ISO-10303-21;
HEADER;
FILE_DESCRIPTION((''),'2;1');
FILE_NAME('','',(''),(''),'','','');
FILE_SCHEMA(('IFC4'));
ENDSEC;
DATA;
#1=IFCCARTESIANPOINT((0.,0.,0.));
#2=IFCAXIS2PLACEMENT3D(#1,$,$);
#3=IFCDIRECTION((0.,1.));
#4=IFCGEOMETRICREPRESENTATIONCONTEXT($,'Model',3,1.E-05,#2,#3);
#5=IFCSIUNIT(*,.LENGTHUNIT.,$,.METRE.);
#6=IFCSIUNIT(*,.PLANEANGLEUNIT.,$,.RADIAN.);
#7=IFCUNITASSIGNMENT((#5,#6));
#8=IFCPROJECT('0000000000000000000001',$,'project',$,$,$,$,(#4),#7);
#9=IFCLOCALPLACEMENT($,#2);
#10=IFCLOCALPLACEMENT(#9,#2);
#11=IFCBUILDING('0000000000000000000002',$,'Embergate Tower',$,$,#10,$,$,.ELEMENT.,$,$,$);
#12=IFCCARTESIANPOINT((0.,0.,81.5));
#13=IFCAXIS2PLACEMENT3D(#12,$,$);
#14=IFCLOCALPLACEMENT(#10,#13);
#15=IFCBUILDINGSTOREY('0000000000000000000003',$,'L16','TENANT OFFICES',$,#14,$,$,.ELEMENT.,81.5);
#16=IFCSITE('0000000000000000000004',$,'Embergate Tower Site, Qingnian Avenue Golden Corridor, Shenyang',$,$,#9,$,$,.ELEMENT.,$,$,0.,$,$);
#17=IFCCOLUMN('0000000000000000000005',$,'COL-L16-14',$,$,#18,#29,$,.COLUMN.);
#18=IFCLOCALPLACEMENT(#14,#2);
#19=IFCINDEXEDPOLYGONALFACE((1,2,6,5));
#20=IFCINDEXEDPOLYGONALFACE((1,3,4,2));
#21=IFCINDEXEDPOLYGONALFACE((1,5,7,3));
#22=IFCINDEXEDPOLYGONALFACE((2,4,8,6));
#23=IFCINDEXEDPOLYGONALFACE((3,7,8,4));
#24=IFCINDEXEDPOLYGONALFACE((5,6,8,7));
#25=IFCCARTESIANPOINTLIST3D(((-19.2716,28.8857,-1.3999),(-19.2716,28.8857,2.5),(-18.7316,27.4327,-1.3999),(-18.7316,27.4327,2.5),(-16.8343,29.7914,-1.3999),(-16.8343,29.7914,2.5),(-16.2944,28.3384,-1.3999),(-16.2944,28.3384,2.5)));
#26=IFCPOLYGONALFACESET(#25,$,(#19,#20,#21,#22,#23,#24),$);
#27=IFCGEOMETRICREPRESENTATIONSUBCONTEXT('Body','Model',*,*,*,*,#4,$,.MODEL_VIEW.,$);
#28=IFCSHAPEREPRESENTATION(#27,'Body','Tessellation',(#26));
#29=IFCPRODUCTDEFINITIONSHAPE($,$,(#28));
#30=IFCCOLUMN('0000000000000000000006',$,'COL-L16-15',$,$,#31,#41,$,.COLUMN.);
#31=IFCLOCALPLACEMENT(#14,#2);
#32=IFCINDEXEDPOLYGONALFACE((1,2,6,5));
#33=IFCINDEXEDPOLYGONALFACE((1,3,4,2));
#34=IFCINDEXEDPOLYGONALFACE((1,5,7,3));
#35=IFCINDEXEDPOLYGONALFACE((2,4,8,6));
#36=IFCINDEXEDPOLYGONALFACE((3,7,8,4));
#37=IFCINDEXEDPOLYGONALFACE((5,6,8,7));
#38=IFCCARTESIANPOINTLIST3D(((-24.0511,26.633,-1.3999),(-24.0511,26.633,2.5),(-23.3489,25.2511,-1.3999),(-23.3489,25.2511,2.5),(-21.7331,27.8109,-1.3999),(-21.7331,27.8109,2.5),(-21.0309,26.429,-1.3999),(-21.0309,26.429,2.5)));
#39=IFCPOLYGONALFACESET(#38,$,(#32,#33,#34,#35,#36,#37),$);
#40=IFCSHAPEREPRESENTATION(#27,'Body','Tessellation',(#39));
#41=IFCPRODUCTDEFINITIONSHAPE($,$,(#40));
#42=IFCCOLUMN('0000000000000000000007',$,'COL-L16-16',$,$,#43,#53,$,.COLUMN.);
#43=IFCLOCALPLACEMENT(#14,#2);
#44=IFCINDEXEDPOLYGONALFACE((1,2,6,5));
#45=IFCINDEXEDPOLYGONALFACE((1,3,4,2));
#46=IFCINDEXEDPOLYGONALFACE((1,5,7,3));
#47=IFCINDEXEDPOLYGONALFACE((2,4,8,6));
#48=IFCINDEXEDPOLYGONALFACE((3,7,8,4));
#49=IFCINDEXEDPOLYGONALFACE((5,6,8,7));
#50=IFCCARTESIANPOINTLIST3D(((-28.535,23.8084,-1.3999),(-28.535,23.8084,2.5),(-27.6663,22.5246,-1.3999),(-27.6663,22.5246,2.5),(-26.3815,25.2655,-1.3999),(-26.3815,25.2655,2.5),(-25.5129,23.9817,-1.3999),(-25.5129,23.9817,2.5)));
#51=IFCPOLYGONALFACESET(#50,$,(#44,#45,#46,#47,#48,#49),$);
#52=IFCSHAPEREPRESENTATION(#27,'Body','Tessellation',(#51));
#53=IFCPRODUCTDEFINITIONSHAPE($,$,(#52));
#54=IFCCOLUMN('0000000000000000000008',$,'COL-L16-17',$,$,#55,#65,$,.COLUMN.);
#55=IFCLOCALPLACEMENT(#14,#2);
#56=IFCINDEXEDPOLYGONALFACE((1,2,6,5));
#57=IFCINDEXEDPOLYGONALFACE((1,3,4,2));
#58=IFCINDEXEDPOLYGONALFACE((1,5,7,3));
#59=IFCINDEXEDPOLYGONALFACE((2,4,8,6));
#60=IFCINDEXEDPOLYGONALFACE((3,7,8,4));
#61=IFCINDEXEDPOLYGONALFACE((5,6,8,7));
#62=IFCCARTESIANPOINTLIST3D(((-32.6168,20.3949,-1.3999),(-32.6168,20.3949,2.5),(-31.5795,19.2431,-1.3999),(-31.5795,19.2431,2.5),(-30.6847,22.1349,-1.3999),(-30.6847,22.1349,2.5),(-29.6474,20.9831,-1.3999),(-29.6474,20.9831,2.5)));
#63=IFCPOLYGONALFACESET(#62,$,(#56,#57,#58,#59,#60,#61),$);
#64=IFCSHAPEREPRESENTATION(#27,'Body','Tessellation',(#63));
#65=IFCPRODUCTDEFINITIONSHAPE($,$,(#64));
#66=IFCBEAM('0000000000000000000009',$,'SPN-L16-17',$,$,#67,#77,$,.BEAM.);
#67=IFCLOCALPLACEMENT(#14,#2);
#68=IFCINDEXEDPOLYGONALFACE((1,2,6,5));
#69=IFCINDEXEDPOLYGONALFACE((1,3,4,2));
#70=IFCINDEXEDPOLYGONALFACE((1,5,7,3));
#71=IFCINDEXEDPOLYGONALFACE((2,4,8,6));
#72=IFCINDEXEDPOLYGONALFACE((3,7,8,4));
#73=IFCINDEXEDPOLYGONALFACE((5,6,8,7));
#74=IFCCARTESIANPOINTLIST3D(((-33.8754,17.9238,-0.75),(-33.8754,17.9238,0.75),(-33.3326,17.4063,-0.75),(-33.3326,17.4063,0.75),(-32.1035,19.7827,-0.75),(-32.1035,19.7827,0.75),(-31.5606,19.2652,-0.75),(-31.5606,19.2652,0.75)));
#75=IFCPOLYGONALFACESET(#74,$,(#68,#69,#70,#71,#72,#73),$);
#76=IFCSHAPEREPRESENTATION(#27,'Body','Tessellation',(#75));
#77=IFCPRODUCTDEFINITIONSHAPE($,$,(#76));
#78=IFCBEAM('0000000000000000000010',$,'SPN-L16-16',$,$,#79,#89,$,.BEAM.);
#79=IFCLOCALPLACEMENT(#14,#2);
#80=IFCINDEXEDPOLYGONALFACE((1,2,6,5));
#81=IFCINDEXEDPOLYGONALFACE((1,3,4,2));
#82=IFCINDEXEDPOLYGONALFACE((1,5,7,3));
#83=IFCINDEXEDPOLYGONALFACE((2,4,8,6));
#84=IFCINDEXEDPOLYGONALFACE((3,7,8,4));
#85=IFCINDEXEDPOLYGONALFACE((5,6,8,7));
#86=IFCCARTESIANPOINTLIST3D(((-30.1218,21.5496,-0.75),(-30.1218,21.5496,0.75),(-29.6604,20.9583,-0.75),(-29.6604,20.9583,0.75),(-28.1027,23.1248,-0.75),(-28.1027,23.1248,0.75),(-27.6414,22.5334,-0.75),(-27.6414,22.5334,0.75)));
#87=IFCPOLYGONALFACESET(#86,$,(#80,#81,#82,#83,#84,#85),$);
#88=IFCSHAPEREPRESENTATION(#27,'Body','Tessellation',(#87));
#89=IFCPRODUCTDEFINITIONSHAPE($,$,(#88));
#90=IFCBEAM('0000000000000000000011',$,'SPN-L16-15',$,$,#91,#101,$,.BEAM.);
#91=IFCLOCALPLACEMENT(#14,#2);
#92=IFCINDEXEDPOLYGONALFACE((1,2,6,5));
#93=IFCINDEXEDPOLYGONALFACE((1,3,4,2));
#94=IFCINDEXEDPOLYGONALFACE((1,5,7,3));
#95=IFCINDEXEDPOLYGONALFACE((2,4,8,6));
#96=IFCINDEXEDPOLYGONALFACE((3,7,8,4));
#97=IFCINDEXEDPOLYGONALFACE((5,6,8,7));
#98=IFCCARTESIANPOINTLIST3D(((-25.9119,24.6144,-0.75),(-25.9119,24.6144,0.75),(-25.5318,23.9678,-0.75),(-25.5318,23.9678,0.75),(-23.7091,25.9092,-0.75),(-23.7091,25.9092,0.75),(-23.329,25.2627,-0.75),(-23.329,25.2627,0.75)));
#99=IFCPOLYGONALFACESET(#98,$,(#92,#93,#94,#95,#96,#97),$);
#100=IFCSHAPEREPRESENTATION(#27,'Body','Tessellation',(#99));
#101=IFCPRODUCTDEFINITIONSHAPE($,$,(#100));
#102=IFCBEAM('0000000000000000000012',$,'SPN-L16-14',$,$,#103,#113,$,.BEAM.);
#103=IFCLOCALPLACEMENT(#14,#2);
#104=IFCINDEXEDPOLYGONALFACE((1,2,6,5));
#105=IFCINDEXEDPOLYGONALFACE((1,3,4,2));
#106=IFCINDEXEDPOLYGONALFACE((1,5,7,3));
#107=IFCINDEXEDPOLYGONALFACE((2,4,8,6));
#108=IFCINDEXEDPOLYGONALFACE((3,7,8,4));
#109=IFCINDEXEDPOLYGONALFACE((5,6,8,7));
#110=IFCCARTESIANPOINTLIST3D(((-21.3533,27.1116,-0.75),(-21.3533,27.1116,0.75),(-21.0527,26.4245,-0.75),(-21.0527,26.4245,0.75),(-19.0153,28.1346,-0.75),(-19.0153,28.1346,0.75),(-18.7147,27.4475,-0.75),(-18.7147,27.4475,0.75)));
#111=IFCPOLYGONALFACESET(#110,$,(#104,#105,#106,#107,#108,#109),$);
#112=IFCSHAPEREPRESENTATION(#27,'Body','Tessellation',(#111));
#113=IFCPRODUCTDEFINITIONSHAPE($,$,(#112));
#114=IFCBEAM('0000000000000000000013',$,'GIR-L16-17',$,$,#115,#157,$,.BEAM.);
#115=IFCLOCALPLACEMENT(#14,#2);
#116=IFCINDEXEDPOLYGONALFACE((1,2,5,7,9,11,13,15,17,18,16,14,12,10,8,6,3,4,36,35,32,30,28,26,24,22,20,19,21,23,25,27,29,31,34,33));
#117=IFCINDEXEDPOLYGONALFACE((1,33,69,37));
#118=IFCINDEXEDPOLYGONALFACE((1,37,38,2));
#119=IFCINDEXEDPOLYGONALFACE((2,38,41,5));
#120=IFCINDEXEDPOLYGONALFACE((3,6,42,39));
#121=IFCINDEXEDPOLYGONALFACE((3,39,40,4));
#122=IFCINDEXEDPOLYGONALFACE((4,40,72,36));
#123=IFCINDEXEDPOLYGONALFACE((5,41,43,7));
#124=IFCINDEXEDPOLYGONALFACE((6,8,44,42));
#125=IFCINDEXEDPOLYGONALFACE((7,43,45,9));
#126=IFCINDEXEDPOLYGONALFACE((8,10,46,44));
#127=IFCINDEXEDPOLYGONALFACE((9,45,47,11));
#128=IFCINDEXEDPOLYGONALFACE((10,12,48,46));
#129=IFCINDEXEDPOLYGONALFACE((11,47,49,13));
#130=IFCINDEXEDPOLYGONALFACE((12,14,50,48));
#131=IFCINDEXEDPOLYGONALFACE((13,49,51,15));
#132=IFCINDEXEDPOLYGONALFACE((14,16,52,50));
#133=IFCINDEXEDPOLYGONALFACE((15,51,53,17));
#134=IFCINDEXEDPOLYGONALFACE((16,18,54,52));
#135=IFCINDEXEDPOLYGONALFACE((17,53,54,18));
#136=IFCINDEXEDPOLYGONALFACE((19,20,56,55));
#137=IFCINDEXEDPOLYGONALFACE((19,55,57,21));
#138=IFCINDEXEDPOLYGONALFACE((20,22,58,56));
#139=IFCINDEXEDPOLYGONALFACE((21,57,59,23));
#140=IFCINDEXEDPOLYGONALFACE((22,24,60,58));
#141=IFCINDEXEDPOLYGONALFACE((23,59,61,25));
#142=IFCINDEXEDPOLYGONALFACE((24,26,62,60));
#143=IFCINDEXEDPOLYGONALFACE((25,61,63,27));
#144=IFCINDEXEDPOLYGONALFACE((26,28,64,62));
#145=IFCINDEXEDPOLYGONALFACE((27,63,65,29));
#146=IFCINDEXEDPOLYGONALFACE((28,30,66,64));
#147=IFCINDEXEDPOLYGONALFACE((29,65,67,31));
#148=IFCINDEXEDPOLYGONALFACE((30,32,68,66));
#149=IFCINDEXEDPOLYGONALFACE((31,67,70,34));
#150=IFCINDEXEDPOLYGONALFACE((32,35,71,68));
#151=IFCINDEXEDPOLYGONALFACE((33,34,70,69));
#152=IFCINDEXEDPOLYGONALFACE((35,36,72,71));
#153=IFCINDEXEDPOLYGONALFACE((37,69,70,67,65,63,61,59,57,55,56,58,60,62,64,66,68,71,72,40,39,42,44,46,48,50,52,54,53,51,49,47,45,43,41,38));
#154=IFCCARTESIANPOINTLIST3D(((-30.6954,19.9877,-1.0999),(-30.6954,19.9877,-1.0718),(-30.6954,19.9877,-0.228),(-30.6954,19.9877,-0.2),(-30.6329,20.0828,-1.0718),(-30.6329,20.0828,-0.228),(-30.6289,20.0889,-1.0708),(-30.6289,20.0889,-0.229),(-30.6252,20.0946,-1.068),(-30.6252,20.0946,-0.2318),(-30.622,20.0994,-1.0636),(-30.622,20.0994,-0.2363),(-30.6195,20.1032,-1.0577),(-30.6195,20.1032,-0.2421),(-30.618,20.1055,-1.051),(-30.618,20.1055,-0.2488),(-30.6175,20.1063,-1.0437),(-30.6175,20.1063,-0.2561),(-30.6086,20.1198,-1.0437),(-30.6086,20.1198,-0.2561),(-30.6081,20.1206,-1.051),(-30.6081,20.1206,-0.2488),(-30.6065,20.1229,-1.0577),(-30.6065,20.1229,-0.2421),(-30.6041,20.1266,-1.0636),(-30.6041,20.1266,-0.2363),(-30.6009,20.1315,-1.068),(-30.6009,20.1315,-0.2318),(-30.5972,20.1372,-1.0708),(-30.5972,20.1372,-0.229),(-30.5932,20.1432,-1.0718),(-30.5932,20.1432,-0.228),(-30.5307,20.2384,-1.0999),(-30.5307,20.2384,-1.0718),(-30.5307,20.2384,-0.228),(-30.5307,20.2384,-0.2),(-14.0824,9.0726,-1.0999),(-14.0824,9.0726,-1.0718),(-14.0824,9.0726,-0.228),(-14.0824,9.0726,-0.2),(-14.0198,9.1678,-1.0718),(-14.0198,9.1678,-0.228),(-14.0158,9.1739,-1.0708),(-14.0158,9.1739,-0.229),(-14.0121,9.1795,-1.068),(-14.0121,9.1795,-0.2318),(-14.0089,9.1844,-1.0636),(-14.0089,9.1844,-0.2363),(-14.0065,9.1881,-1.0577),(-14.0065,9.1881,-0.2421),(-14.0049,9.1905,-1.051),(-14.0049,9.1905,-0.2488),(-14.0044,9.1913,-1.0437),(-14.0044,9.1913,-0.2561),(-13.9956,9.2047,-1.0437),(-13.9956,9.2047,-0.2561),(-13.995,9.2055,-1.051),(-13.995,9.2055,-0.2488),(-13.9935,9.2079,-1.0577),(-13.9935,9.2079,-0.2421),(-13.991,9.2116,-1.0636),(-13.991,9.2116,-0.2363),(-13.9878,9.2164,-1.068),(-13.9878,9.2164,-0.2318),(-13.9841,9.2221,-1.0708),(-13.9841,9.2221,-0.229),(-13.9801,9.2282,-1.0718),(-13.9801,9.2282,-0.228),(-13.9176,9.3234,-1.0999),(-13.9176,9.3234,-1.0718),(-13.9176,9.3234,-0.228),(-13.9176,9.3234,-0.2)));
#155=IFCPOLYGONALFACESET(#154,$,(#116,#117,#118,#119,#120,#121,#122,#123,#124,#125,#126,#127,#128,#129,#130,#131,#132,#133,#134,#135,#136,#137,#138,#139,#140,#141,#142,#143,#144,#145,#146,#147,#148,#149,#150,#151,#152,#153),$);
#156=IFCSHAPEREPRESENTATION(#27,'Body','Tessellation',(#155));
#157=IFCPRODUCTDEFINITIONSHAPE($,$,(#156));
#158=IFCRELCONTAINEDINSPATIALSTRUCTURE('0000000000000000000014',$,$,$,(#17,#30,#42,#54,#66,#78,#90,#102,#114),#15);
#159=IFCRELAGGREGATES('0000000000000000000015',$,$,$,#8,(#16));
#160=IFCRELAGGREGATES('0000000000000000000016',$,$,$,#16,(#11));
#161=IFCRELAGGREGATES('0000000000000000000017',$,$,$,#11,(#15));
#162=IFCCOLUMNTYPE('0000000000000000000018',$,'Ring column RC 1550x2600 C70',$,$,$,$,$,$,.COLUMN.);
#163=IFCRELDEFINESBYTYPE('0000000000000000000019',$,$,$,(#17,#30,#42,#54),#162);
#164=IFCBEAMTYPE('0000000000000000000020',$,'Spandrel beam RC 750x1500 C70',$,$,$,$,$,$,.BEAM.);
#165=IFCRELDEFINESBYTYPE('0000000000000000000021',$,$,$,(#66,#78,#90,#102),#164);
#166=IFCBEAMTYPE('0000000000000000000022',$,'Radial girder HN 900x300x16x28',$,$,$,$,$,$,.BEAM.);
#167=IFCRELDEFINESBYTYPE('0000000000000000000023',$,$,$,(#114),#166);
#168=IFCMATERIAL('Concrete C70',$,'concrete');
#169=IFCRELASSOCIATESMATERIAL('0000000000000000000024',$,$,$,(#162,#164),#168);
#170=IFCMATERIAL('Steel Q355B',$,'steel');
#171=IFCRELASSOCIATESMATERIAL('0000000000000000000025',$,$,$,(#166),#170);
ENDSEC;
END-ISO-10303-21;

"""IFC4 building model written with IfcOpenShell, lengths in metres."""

from ifc_helpers import new_model, si_unit, direction, frame, origin, origin_2d, place, context, subcontext, project, spatial, rectangle, i_section, extrude, source, transform, mapped, material, material_profile, profile_set, type_object, element, save


model = new_model("IFC4")

# Units and contexts
model_context = context("Model", 3, precision=1e-05, world=origin(), true_north=direction((0.0, 1.0)))
body_context = subcontext(model_context, "Body", "Model", "MODEL_VIEW")
ifc_project = project(units=[si_unit("LENGTHUNIT", "METRE"), si_unit("PLANEANGLEUNIT", "RADIAN")], contexts=[model_context])

# Site, building, storey
site_placement = place(None, origin())
site = spatial("IfcSite", under=ifc_project, at=site_placement, Name="Embergate Tower Site, Qingnian Avenue Golden Corridor, Shenyang", CompositionType="ELEMENT", RefElevation=0.0)
building_placement = place(site_placement, origin())
building = spatial("IfcBuilding", under=site, at=building_placement, Name="Embergate Tower", CompositionType="ELEMENT")
storey_placement = place(building_placement, frame((0.0, 0.0, 81.5)))
storey = spatial("IfcBuildingStorey", under=building, at=storey_placement, Name="L16", Description="TENANT OFFICES", CompositionType="ELEMENT", Elevation=81.5)

# Columns
ifc_material_1 = material(Name="Concrete C70", Category="concrete")
ifc_material_profile_1 = material_profile(ifc_material_1, rectangle(XDim=1.55, YDim=2.6001, at=origin_2d()), Name="RC 1550x2600")
ifc_profile_set_1 = profile_set([ifc_material_profile_1], Name="Concrete C70")
column_type = type_object("IfcColumnType", Name="Ring column RC 1550x2600 C70", PredefinedType="COLUMN", material=ifc_profile_set_1)
shared_shape_1 = source(origin(), body_context, "Body", "SweptSolid", [
    extrude(rectangle(XDim=1.55, YDim=2.6001, at=origin_2d()), origin(), (0.0, 0.0, 1.0), 3.8999),
])
for number, where, z_axis, x_axis, name in (
    (1, (-17.783, 28.6121, -1.3999), (0.0, 0.0, 1.0), (-0.348343, 0.937367, 0.0), "COL-L16-14"),
    (2, (-22.541, 26.531, -1.3999), (0.0, 0.0, 1.0), (-0.452995, 0.891513, 0.0), "COL-L16-15"),
    (3, (-27.0239, 23.895, -1.3999), (0.0, 0.0, 1.0), (-0.560393, 0.828227, 0.0), "COL-L16-16"),
    (4, (-31.1321, 20.689, -1.3999), (0.0, 0.0, 1.0), (-0.669208, 0.743075, 0.0), "COL-L16-17"),
):
    element("IfcColumn", number, at=place(storey_placement, frame(where, z_axis=z_axis, x_axis=x_axis)), inside=storey, type_object=column_type, Name=name, PredefinedType="COLUMN", context=body_context, shape_type="MappedRepresentation", body=[
        mapped(shared_shape_1, transform((0.0, 0.0, 0.0))),
    ])

# Beams
ifc_material_profile_2 = material_profile(ifc_material_1, rectangle(XDim=0.75, YDim=1.5, at=origin_2d()), Name="RC 750x1500")
ifc_profile_set_2 = profile_set([ifc_material_profile_2], Name="Concrete C70")
beam_type_1 = type_object("IfcBeamType", Name="Spandrel beam RC 750x1500 C70", PredefinedType="BEAM", material=ifc_profile_set_2)
shared_shape_2 = source(origin(), body_context, "Body", "SweptSolid", [
    extrude(rectangle(XDim=0.75, YDim=1.5, at=origin_2d()), origin(), (0.0, 0.0, 1.0), 2.5681),
])
beam_1_placement = place(storey_placement, frame((-31.832, 19.5239, 0.0), z_axis=(-0.689983, -0.723826, 0.0), x_axis=(0.723826, -0.689983, 0.0)))
element("IfcBeam", 5, at=beam_1_placement, inside=storey, type_object=beam_type_1, Name="SPN-L16-17", PredefinedType="BEAM", context=body_context, shape_type="MappedRepresentation", body=[
    mapped(shared_shape_2, transform((0.0, 0.0, 0.0))),
])
shared_shape_3 = source(origin(), body_context, "Body", "SweptSolid", [
    extrude(rectangle(XDim=0.75, YDim=1.5, at=origin_2d()), origin(), (0.0, 0.0, 1.0), 2.5608),
])
beam_2_placement = place(storey_placement, frame((-27.8721, 22.8291, 0.0), z_axis=(-0.788438, -0.615115, 0.0), x_axis=(0.615115, -0.788438, 0.0)))
element("IfcBeam", 6, at=beam_2_placement, inside=storey, type_object=beam_type_1, Name="SPN-L16-16", PredefinedType="BEAM", context=body_context, shape_type="MappedRepresentation", body=[
    mapped(shared_shape_3, transform((0.0, 0.0, 0.0))),
])
shared_shape_4 = source(origin(), body_context, "Body", "SweptSolid", [
    extrude(rectangle(XDim=0.75, YDim=1.5, at=origin_2d()), origin(), (0.0, 0.0, 1.0), 2.5552),
])
beam_3_placement = place(storey_placement, frame((-23.519, 25.5859, 0.0), z_axis=(-0.862086, -0.506761, 0.0), x_axis=(0.506761, -0.862086, 0.0)))
element("IfcBeam", 7, at=beam_3_placement, inside=storey, type_object=beam_type_1, Name="SPN-L16-15", PredefinedType="BEAM", context=body_context, shape_type="MappedRepresentation", body=[
    mapped(shared_shape_4, transform((0.0, 0.0, 0.0))),
])
shared_shape_5 = source(origin(), body_context, "Body", "SweptSolid", [
    extrude(rectangle(XDim=0.75, YDim=1.5, at=origin_2d()), origin(), (0.0, 0.0, 1.0), 2.552),
])
beam_4_placement = place(storey_placement, frame((-18.865, 27.791, 0.0), z_axis=(-0.91614, -0.400859, 0.0), x_axis=(0.400859, -0.91614, 0.0)))
element("IfcBeam", 8, at=beam_4_placement, inside=storey, type_object=beam_type_1, Name="SPN-L16-14", PredefinedType="BEAM", context=body_context, shape_type="MappedRepresentation", body=[
    mapped(shared_shape_5, transform((0.0, 0.0, 0.0))),
])
ifc_material_2 = material(Name="Steel Q355B", Category="steel")
ifc_material_profile_3 = material_profile(ifc_material_2, i_section(OverallWidth=0.3, OverallDepth=0.8999, WebThickness=0.0161, FlangeThickness=0.0281, FilletRadius=0.0281, at=origin_2d()), Name="HN 900x300x16x28")
ifc_profile_set_3 = profile_set([ifc_material_profile_3], Name="Steel Q355 grade B")
beam_type_2 = type_object("IfcBeamType", Name="Radial girder HN 900x300x16x28", PredefinedType="BEAM", material=ifc_profile_set_3)
shared_shape_6 = source(origin(), body_context, "Body", "SweptSolid", [
    extrude(i_section(OverallWidth=0.3, OverallDepth=0.8999, WebThickness=0.0161, FlangeThickness=0.0281, FilletRadius=0.0281, at=origin_2d()), origin(), (0.0, 0.0, 1.0), 19.8779),
])
beam_5_placement = place(storey_placement, frame((-30.613, 20.113, -0.6499), z_axis=(0.835754, -0.549104, 0.0), x_axis=(0.549104, 0.835754, 0.0)))
element("IfcBeam", 9, at=beam_5_placement, inside=storey, type_object=beam_type_2, Name="GIR-L16-17", PredefinedType="BEAM", context=body_context, shape_type="MappedRepresentation", body=[
    mapped(shared_shape_6, transform((0.0, 0.0, 0.0))),
])

save(model, "model.ifc")
